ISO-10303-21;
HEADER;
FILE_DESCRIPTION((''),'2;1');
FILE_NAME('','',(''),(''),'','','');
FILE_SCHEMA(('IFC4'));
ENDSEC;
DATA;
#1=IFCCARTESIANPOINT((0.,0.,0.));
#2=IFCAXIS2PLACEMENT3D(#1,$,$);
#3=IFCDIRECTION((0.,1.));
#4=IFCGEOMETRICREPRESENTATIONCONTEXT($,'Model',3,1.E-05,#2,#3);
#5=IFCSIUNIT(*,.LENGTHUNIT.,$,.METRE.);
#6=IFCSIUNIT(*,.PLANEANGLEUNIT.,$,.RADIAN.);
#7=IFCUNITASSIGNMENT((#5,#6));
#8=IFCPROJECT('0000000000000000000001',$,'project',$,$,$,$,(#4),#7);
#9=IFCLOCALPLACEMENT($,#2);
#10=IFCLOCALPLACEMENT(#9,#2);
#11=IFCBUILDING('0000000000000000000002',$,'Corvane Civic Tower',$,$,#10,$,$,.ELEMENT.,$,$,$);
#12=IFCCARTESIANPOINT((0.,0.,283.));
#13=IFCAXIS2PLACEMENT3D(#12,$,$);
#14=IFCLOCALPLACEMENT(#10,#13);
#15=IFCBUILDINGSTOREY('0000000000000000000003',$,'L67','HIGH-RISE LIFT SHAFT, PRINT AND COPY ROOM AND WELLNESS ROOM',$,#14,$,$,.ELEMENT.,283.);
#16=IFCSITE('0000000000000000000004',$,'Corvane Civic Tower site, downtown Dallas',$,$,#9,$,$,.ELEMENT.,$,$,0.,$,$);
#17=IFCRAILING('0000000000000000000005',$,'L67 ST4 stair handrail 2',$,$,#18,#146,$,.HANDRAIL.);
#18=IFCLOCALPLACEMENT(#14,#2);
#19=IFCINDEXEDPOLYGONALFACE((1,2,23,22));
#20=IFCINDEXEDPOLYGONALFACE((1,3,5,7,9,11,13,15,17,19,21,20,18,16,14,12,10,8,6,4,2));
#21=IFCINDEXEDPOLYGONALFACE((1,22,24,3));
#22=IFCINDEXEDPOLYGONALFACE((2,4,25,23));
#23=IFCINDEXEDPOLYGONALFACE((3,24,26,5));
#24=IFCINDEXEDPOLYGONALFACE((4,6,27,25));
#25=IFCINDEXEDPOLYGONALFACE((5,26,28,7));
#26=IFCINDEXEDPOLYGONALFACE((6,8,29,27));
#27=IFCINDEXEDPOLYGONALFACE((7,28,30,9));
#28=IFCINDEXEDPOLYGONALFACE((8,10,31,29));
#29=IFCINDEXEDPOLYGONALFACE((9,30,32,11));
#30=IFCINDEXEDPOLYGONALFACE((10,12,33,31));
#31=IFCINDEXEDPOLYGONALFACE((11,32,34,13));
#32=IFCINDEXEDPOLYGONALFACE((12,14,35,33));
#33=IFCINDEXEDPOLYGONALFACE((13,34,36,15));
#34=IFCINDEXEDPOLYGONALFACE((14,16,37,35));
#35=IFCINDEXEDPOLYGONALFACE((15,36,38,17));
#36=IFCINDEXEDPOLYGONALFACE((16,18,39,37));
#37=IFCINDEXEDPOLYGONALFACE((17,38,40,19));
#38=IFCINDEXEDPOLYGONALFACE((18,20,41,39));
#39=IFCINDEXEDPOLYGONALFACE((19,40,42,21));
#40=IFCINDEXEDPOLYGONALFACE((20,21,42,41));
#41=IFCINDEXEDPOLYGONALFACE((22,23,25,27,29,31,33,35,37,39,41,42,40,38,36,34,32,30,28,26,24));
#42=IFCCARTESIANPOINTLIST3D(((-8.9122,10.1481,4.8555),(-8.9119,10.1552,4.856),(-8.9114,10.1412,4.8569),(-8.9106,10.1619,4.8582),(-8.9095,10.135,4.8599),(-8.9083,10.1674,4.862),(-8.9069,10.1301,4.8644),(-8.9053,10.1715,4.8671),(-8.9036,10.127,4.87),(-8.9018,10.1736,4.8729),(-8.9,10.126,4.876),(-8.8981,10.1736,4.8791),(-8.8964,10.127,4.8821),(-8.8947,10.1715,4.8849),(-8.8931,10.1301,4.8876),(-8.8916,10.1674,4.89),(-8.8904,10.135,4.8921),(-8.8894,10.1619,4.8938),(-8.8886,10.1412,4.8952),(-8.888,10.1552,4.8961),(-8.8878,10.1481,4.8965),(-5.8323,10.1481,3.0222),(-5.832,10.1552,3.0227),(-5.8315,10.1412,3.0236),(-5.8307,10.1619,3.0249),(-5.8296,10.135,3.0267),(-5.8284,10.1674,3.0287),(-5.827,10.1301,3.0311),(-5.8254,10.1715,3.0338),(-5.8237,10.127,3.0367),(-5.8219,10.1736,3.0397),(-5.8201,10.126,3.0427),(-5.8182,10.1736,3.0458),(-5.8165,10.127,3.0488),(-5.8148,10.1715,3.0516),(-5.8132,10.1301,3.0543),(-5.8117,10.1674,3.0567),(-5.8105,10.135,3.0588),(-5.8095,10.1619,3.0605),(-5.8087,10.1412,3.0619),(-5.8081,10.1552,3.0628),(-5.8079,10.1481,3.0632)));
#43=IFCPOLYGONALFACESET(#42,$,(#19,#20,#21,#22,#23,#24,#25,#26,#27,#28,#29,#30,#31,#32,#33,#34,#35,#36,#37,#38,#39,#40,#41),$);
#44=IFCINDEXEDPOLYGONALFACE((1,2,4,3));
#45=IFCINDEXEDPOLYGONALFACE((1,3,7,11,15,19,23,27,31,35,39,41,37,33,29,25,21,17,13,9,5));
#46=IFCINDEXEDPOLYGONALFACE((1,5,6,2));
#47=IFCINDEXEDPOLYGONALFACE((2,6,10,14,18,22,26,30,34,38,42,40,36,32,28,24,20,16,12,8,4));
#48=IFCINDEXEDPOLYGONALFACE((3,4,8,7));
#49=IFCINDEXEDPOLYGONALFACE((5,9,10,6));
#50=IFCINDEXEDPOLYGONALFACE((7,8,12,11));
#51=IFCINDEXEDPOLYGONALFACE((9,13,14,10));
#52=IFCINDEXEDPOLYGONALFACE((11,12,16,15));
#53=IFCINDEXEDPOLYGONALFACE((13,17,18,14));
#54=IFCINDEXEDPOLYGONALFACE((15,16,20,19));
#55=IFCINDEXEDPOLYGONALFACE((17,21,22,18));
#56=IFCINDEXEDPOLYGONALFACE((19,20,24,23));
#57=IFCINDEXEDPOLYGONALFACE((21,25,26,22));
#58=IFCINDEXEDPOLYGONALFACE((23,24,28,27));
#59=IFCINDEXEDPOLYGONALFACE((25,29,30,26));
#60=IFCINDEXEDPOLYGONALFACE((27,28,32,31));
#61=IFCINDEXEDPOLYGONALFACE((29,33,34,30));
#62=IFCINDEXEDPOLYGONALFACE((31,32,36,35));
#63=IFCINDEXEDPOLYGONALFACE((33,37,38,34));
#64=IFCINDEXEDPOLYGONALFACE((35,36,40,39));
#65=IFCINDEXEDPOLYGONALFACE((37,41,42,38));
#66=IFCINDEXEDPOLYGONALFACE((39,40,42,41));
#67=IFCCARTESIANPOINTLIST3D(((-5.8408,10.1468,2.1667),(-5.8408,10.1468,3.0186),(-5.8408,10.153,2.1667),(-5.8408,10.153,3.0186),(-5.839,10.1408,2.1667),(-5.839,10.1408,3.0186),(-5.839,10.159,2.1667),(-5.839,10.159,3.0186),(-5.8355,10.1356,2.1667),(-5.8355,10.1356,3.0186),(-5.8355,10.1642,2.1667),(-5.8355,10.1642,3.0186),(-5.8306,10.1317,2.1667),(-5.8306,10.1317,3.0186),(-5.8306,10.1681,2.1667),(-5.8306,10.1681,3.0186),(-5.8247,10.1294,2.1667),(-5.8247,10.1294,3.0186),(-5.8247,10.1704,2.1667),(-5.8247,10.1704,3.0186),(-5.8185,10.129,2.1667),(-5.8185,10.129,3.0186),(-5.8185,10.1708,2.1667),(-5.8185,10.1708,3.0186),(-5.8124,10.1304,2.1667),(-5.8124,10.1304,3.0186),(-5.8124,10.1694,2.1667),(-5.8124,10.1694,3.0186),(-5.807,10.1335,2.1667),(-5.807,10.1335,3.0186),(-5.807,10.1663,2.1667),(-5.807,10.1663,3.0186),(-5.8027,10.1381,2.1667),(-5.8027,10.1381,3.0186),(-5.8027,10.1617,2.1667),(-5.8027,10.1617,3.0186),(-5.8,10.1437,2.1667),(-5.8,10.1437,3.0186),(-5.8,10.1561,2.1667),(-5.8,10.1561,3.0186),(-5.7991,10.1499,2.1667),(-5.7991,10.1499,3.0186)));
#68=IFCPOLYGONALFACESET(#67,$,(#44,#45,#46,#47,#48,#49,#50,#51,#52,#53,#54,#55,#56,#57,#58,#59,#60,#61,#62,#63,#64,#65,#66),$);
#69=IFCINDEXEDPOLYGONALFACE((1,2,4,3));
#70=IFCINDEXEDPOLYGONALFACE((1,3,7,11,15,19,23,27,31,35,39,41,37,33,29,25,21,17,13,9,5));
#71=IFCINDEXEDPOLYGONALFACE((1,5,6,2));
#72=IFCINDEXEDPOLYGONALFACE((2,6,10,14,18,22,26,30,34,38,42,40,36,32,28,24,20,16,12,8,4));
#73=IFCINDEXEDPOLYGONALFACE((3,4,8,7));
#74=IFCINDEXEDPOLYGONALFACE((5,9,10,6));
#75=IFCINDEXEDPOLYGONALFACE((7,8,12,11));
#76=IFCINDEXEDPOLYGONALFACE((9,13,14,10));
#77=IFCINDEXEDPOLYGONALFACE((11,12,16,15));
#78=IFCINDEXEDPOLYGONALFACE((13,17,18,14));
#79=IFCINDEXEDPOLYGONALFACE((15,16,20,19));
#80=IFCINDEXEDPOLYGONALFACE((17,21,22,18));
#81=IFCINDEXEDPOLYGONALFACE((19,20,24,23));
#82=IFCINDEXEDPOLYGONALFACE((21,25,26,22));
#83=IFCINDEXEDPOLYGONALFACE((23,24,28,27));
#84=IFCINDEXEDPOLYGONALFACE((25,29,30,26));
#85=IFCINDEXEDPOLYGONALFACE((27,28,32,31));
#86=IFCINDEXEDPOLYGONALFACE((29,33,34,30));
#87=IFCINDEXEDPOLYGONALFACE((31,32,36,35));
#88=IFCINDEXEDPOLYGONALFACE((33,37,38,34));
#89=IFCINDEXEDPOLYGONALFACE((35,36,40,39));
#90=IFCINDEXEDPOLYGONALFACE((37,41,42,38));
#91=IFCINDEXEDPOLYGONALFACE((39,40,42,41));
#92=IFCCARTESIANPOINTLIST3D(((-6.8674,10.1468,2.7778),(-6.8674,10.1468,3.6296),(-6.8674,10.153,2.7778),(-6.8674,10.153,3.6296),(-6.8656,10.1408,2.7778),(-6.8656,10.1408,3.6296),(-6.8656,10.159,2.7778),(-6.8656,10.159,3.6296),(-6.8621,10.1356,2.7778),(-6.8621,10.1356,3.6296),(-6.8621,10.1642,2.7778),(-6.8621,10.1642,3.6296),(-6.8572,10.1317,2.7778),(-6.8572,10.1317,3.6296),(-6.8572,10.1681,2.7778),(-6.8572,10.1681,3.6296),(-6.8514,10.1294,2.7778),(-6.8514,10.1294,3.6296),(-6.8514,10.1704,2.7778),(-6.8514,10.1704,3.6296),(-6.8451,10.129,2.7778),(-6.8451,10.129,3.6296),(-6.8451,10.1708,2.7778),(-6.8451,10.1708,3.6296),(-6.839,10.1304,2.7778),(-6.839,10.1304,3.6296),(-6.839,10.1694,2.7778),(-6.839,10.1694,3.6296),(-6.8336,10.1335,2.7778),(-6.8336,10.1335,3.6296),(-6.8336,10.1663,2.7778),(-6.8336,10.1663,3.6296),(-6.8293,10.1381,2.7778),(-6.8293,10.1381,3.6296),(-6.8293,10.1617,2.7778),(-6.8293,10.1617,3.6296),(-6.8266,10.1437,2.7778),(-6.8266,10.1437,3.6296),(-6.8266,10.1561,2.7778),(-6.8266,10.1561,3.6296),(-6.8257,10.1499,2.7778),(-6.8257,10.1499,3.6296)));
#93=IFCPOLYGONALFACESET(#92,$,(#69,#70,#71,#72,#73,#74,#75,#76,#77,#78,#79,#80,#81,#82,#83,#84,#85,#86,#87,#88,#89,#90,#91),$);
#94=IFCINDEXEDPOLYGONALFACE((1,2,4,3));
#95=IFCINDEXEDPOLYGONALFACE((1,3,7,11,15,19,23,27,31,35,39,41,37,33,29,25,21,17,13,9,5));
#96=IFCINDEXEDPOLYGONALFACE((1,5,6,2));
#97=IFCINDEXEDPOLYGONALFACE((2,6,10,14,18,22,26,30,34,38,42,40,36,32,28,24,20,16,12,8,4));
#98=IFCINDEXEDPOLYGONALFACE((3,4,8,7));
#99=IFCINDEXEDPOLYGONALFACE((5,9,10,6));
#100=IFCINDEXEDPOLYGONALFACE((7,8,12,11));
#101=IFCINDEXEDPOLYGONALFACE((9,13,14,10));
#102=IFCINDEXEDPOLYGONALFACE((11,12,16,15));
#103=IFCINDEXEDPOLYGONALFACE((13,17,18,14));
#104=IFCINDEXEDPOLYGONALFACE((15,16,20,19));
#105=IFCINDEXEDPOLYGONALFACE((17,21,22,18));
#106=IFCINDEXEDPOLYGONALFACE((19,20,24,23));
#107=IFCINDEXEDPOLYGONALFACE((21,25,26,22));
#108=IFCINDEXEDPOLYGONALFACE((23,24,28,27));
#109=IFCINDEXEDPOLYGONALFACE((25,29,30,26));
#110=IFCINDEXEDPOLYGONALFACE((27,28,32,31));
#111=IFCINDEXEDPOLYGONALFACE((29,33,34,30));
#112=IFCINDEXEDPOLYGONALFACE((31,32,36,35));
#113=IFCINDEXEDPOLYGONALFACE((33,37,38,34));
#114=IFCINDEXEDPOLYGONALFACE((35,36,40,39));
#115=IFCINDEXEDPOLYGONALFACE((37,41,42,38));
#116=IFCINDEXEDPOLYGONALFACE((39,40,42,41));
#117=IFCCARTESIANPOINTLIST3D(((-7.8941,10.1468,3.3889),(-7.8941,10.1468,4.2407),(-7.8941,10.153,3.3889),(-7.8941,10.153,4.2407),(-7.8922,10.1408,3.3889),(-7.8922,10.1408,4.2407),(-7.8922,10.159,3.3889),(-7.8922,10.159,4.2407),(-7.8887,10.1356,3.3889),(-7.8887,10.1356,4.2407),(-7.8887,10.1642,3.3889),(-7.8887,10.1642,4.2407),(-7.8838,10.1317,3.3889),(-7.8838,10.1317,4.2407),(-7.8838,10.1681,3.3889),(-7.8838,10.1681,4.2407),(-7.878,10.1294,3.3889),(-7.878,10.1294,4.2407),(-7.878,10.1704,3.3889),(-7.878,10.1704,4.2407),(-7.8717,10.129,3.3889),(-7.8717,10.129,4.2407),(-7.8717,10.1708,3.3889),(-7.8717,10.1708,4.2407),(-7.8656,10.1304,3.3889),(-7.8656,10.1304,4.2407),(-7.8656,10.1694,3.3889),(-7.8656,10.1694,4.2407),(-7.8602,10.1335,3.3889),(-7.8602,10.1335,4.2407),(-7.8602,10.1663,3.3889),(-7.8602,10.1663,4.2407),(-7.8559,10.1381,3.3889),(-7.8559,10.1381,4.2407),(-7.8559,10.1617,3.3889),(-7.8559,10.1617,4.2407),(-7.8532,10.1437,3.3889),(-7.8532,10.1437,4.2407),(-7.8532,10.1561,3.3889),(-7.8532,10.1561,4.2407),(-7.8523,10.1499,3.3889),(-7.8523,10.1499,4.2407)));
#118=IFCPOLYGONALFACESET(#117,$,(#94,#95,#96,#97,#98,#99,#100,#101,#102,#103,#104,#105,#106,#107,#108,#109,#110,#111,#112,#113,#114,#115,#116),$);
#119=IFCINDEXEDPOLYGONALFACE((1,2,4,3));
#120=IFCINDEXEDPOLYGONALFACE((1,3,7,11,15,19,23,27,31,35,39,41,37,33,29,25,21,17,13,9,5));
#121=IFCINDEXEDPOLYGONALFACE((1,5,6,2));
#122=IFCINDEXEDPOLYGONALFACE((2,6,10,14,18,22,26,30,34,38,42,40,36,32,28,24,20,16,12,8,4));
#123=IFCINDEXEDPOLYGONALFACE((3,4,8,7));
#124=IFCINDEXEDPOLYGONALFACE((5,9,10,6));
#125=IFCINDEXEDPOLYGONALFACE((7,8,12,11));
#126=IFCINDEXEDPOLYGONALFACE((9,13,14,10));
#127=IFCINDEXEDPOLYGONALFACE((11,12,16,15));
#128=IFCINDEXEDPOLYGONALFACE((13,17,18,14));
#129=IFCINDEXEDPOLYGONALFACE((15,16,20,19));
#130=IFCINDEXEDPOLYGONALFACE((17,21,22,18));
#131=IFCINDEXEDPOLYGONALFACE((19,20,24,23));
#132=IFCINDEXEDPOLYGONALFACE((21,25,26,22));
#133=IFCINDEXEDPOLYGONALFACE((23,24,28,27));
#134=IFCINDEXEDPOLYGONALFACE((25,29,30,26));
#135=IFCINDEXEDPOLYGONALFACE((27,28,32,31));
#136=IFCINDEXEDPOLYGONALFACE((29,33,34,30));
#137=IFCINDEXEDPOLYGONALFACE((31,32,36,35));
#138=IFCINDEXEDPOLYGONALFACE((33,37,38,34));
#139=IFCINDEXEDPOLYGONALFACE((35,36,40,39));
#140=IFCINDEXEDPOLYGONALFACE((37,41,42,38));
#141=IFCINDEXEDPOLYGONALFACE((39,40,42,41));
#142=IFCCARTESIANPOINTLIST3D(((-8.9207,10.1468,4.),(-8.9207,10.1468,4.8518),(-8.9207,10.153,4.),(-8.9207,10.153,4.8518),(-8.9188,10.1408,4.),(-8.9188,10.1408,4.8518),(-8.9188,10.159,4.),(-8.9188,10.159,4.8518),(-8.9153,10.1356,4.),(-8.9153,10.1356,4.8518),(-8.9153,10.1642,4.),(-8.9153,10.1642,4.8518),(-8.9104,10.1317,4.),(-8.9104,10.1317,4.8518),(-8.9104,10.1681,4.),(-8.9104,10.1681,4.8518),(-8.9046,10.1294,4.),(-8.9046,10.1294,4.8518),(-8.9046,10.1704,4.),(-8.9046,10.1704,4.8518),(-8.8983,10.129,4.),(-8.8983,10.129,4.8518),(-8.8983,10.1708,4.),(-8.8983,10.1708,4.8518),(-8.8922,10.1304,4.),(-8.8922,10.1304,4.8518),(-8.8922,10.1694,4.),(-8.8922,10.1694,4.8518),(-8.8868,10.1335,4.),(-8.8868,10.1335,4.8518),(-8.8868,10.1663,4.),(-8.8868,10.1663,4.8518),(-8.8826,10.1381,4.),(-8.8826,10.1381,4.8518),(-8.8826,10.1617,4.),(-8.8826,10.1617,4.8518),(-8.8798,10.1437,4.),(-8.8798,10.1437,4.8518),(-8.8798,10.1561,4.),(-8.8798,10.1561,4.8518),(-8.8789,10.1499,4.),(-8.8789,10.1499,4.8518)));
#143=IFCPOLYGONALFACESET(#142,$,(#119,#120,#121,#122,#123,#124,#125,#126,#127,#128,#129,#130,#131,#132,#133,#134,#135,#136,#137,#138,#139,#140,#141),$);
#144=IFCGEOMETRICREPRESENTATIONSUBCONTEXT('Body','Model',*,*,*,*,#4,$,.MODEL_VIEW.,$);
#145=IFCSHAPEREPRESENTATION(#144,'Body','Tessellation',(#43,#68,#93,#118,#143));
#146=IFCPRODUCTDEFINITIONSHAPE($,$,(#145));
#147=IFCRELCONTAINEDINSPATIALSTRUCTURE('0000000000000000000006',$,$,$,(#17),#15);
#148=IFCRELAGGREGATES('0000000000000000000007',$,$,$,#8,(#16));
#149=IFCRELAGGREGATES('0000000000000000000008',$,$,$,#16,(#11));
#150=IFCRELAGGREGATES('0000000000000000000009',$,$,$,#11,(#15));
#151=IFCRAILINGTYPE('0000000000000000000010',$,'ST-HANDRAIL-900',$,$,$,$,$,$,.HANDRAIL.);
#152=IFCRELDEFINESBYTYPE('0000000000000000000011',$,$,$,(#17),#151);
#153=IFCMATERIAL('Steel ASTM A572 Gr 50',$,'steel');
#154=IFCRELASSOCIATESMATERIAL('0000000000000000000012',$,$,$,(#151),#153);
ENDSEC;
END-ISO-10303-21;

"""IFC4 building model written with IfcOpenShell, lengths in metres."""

from ifc_helpers import new_model, si_unit, direction, frame, origin, origin_2d, place, context, subcontext, project, spatial, circle, extrude, material, type_object, element, save


model = new_model("IFC4")

# Units and contexts
model_context = context("Model", 3, precision=1e-05, world=origin(), true_north=direction((0.0, 1.0)))
body_context = subcontext(model_context, "Body", "Model", "MODEL_VIEW")
ifc_project = project(units=[si_unit("LENGTHUNIT", "METRE"), si_unit("PLANEANGLEUNIT", "RADIAN")], contexts=[model_context])

# Site, building, storey
site_placement = place(None, origin())
site = spatial("IfcSite", under=ifc_project, at=site_placement, Name="Corvane Civic Tower site, downtown Dallas", CompositionType="ELEMENT", RefElevation=0.0)
building_placement = place(site_placement, origin())
building = spatial("IfcBuilding", under=site, at=building_placement, Name="Corvane Civic Tower", CompositionType="ELEMENT")
storey_placement = place(building_placement, frame((0.0, 0.0, 283.0)))
storey = spatial("IfcBuildingStorey", under=building, at=storey_placement, Name="L67", Description="HIGH-RISE LIFT SHAFT, PRINT AND COPY ROOM AND WELLNESS ROOM", CompositionType="ELEMENT", Elevation=283.0)

# Railing
ifc_material_1 = material(Name="Steel ASTM A572 Gr 50", Category="steel")
railing_type_1 = type_object("IfcRailingType", Name="ST-HANDRAIL-900", PredefinedType="HANDRAIL", material=ifc_material_1)
railing_1_placement = place(storey_placement, frame((-5.8201, 10.1499, 2.1667)))
element("IfcRailing", 1, at=railing_1_placement, inside=storey, type_object=railing_type_1, Name="L67 ST4 stair handrail 2", PredefinedType="HANDRAIL", context=body_context, shape_type="SweptSolid", body=[
    extrude(circle(Radius=0.0239, at=origin_2d()), frame((0.0, 0.0, 0.876), z_axis=(-0.859291, 0.0, 0.511487), x_axis=(0.0, -1.0, 0.0)), (0.0, 0.0, 1.0), 3.5842),
    extrude(circle(Radius=0.021, at=origin_2d()), origin(), (0.0, 0.0, 1.0), 0.8518),
    extrude(circle(Radius=0.021, at=origin_2d()), frame((-1.0266, 0.0, 0.6111)), (0.0, 0.0, 1.0), 0.8518),
    extrude(circle(Radius=0.021, at=origin_2d()), frame((-2.0532, 0.0, 1.2222)), (0.0, 0.0, 1.0), 0.8518),
    extrude(circle(Radius=0.021, at=origin_2d()), frame((-3.0798, 0.0, 1.8333)), (0.0, 0.0, 1.0), 0.8518),
])

save(model, "model.ifc")
